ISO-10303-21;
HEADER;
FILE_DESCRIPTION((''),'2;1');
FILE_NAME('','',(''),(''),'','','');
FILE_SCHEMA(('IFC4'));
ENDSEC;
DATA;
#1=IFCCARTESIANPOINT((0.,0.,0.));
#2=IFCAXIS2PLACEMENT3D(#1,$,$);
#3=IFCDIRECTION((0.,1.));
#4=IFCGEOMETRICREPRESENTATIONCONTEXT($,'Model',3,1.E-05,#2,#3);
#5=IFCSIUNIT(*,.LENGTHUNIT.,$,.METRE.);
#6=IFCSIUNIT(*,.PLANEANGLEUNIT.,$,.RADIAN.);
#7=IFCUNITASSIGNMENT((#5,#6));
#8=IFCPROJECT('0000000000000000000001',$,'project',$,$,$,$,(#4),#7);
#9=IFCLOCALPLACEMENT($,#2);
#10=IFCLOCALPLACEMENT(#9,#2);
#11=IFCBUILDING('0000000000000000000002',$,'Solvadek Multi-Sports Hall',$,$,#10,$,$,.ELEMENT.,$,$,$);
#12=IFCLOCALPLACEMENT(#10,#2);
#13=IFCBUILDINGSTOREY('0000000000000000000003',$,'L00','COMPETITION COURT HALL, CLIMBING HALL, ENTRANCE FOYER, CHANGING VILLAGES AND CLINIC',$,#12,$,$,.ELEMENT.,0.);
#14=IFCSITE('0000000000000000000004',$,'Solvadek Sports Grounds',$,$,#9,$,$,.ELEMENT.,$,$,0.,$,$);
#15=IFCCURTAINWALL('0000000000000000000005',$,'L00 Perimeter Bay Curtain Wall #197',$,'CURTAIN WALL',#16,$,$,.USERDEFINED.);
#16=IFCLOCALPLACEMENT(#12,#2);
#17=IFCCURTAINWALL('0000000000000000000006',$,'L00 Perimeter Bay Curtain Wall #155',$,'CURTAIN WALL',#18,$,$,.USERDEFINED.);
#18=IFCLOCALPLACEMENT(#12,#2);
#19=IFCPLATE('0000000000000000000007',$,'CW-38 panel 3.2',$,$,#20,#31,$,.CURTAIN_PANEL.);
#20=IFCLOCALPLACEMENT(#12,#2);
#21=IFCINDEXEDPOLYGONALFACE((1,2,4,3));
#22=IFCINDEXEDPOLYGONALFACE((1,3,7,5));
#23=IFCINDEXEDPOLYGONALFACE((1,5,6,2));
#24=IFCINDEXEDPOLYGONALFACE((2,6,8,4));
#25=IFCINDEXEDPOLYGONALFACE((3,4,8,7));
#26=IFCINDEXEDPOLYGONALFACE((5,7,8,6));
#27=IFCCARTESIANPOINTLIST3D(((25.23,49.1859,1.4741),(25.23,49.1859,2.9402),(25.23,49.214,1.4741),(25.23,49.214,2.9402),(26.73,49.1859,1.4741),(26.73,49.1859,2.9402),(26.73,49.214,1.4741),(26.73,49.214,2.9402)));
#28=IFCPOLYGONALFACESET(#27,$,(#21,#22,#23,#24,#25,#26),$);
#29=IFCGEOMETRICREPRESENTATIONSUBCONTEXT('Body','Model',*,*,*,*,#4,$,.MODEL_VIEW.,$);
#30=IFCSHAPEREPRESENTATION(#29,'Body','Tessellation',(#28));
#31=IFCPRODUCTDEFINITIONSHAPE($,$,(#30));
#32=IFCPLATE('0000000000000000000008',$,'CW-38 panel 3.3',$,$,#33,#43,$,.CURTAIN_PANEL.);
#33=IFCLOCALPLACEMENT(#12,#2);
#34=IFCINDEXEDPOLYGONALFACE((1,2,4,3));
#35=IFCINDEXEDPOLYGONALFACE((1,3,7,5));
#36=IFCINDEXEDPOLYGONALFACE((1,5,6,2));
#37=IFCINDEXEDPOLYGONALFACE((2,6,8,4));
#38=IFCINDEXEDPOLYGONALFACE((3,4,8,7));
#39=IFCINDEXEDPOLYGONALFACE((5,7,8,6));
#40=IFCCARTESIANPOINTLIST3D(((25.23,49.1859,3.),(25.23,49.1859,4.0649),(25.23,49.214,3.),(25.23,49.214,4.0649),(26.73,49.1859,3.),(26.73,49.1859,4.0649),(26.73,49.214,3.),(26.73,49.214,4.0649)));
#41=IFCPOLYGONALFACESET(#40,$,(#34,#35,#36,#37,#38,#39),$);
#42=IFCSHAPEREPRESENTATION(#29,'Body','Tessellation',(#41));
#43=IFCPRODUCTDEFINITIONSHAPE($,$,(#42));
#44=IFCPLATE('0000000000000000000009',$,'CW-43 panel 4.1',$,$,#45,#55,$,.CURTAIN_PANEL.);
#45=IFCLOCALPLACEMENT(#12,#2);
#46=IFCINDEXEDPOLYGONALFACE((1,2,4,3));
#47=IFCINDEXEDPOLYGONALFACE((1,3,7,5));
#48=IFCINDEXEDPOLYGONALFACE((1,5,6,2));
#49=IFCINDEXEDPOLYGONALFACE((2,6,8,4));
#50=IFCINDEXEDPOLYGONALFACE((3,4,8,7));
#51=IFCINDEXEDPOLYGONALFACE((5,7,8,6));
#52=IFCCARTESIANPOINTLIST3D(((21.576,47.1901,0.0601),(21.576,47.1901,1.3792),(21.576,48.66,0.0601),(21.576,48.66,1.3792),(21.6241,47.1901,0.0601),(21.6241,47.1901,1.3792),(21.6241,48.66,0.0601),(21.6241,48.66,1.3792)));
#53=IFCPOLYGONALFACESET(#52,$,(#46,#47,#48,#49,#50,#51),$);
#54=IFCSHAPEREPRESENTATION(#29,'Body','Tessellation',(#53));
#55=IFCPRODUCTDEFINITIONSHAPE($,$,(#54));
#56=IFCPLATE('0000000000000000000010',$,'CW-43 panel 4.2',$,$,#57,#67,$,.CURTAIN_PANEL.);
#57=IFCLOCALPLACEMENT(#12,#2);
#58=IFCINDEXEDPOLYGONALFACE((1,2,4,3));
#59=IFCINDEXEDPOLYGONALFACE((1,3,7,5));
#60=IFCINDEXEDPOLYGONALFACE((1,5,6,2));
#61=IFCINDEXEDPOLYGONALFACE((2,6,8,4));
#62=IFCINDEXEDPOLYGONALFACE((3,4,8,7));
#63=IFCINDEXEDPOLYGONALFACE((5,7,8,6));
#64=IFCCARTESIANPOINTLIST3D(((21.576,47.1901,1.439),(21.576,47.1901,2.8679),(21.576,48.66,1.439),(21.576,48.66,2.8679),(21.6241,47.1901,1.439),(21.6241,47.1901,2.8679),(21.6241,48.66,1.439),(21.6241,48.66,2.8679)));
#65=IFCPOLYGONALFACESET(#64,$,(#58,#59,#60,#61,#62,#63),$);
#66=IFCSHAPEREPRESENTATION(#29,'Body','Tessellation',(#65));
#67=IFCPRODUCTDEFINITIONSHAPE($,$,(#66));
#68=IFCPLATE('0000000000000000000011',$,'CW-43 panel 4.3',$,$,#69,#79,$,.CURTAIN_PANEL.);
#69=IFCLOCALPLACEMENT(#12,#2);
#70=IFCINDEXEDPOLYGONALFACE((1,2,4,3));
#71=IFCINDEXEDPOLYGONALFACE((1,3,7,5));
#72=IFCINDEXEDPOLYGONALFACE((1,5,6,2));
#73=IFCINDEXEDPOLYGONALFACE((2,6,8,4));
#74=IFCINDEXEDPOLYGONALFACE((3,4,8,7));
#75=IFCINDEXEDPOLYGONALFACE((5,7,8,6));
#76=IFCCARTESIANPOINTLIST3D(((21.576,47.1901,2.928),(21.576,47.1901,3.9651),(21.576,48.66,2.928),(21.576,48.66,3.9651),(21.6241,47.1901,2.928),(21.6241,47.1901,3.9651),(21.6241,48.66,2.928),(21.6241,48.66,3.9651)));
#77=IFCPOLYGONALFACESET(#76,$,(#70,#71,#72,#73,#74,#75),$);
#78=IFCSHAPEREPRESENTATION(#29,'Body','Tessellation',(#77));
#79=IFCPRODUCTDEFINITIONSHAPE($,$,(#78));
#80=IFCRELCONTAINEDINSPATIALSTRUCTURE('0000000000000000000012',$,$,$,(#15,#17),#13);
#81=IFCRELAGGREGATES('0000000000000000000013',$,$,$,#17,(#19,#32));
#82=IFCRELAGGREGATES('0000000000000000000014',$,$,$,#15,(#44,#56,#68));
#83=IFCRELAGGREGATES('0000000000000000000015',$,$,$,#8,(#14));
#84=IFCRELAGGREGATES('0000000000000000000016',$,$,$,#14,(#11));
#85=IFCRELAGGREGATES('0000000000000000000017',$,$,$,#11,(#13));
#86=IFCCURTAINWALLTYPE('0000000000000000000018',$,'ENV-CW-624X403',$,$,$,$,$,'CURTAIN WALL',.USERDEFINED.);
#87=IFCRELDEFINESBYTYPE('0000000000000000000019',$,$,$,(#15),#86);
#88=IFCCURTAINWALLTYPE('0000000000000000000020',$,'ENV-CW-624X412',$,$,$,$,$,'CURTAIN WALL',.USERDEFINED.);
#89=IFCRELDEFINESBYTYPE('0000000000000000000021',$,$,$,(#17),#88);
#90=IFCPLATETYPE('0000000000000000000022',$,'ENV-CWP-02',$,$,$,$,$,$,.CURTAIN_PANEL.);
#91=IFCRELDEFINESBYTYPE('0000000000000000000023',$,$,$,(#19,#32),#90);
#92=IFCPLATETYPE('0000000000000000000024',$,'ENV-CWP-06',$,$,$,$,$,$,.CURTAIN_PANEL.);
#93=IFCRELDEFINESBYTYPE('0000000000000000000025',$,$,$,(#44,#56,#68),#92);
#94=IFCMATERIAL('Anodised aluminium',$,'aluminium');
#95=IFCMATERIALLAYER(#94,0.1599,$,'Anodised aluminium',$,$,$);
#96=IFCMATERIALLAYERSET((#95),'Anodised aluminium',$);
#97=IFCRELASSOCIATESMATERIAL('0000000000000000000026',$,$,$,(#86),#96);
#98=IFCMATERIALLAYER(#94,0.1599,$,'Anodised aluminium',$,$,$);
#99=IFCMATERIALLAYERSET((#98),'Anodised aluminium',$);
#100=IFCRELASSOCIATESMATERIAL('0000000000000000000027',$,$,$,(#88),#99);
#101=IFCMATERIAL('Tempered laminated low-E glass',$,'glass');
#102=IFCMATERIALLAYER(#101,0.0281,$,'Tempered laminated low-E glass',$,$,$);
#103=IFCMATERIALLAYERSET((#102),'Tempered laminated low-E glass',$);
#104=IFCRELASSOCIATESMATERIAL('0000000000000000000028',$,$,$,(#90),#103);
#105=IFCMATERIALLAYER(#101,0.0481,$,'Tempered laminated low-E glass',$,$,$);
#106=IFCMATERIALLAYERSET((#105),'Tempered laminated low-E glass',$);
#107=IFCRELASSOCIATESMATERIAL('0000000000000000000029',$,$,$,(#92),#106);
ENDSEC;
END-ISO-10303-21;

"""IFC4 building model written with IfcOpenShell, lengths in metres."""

from ifc_helpers import new_model, si_unit, direction, frame, origin, origin_2d, place, context, subcontext, project, spatial, rectangle, extrude, material, layer, layer_set, type_object, element, aggregate, save


model = new_model("IFC4")

# Units and contexts
model_context = context("Model", 3, precision=1e-05, world=origin(), true_north=direction((0.0, 1.0)))
body_context = subcontext(model_context, "Body", "Model", "MODEL_VIEW")
ifc_project = project(units=[si_unit("LENGTHUNIT", "METRE"), si_unit("PLANEANGLEUNIT", "RADIAN")], contexts=[model_context])

# Site, building, storey
site_placement = place(None, origin())
site = spatial("IfcSite", under=ifc_project, at=site_placement, Name="Solvadek Sports Grounds", CompositionType="ELEMENT", RefElevation=0.0)
building_placement = place(site_placement, origin())
building = spatial("IfcBuilding", under=site, at=building_placement, Name="Solvadek Multi-Sports Hall", CompositionType="ELEMENT")
storey_placement = place(building_placement, origin())
storey = spatial("IfcBuildingStorey", under=building, at=storey_placement, Name="L00", Description="COMPETITION COURT HALL, CLIMBING HALL, ENTRANCE FOYER, CHANGING VILLAGES AND CLINIC", CompositionType="ELEMENT", Elevation=0.0)

# Curtain wall
ifc_material_1 = material(Name="Anodised aluminium", Category="aluminium")
ifc_layer_1 = layer(ifc_material_1, 0.1599, Name="Anodised aluminium")
ifc_layer_set_1 = layer_set([ifc_layer_1], Name="Anodised aluminium")
curtain_wall_type_1 = type_object("IfcCurtainWallType", Name="ENV-CW-624X403", ElementType="CURTAIN WALL", PredefinedType="USERDEFINED", material=ifc_layer_set_1)
curtain_wall_1_placement = place(storey_placement, origin())
curtain_wall_1 = element("IfcCurtainWall", 1, at=curtain_wall_1_placement, inside=storey, type_object=curtain_wall_type_1, Name="L00 Perimeter Bay Curtain Wall #197", ObjectType="CURTAIN WALL", PredefinedType="USERDEFINED")

# Curtain wall
ifc_layer_2 = layer(ifc_material_1, 0.1599, Name="Anodised aluminium")
ifc_layer_set_2 = layer_set([ifc_layer_2], Name="Anodised aluminium")
curtain_wall_type_2 = type_object("IfcCurtainWallType", Name="ENV-CW-624X412", ElementType="CURTAIN WALL", PredefinedType="USERDEFINED", material=ifc_layer_set_2)
curtain_wall_2_placement = place(storey_placement, origin())
curtain_wall_2 = element("IfcCurtainWall", 2, at=curtain_wall_2_placement, inside=storey, type_object=curtain_wall_type_2, Name="L00 Perimeter Bay Curtain Wall #155", ObjectType="CURTAIN WALL", PredefinedType="USERDEFINED")

# Plates
ifc_material_2 = material(Name="Tempered laminated low-E glass", Category="glass")
ifc_layer_3 = layer(ifc_material_2, 0.0281, Name="Tempered laminated low-E glass")
ifc_layer_set_3 = layer_set([ifc_layer_3], Name="Tempered laminated low-E glass")
plate_type_1 = type_object("IfcPlateType", Name="ENV-CWP-02", PredefinedType="CURTAIN_PANEL", material=ifc_layer_set_3)
plate_1_placement = place(storey_placement, frame((25.98, 49.2, 1.4741), z_axis=(0.0, 0.0, 1.0), x_axis=(1.0, 0.0, 0.0)))
plate_1 = element("IfcPlate", 3, at=plate_1_placement, type_object=plate_type_1, Name="CW-38 panel 3.2", PredefinedType="CURTAIN_PANEL", context=body_context, shape_type="SweptSolid", body=[
    extrude(rectangle(XDim=1.5, YDim=0.0281, at=origin_2d()), origin(), (0.0, 0.0, 1.0), 1.4661),
])
plate_2_placement = place(storey_placement, frame((25.98, 49.2, 3.0), z_axis=(0.0, 0.0, 1.0), x_axis=(1.0, 0.0, 0.0)))
plate_2 = element("IfcPlate", 4, at=plate_2_placement, type_object=plate_type_1, Name="CW-38 panel 3.3", PredefinedType="CURTAIN_PANEL", context=body_context, shape_type="SweptSolid", body=[
    extrude(rectangle(XDim=1.5, YDim=0.0281, at=origin_2d()), origin(), (0.0, 0.0, 1.0), 1.0649),
])
aggregate(curtain_wall_2, [plate_1, plate_2])
ifc_layer_4 = layer(ifc_material_2, 0.0481, Name="Tempered laminated low-E glass")
ifc_layer_set_4 = layer_set([ifc_layer_4], Name="Tempered laminated low-E glass")
plate_type_2 = type_object("IfcPlateType", Name="ENV-CWP-06", PredefinedType="CURTAIN_PANEL", material=ifc_layer_set_4)
plate_3_placement = place(storey_placement, frame((21.6001, 47.925, 0.0601), z_axis=(0.0, 0.0, 1.0), x_axis=(0.0, 1.0, 0.0)))
plate_3 = element("IfcPlate", 5, at=plate_3_placement, type_object=plate_type_2, Name="CW-43 panel 4.1", PredefinedType="CURTAIN_PANEL", context=body_context, shape_type="SweptSolid", body=[
    extrude(rectangle(XDim=1.47, YDim=0.0481, at=origin_2d()), origin(), (0.0, 0.0, 1.0), 1.3191),
])
plate_4_placement = place(storey_placement, frame((21.6001, 47.925, 1.439), z_axis=(0.0, 0.0, 1.0), x_axis=(0.0, 1.0, 0.0)))
plate_4 = element("IfcPlate", 6, at=plate_4_placement, type_object=plate_type_2, Name="CW-43 panel 4.2", PredefinedType="CURTAIN_PANEL", context=body_context, shape_type="SweptSolid", body=[
    extrude(rectangle(XDim=1.47, YDim=0.0481, at=origin_2d()), origin(), (0.0, 0.0, 1.0), 1.429),
])
plate_5_placement = place(storey_placement, frame((21.6001, 47.925, 2.928), z_axis=(0.0, 0.0, 1.0), x_axis=(0.0, 1.0, 0.0)))
plate_5 = element("IfcPlate", 7, at=plate_5_placement, type_object=plate_type_2, Name="CW-43 panel 4.3", PredefinedType="CURTAIN_PANEL", context=body_context, shape_type="SweptSolid", body=[
    extrude(rectangle(XDim=1.47, YDim=0.0481, at=origin_2d()), origin(), (0.0, 0.0, 1.0), 1.0371),
])
aggregate(curtain_wall_1, [plate_3, plate_4, plate_5])

save(model, "model.ifc")
